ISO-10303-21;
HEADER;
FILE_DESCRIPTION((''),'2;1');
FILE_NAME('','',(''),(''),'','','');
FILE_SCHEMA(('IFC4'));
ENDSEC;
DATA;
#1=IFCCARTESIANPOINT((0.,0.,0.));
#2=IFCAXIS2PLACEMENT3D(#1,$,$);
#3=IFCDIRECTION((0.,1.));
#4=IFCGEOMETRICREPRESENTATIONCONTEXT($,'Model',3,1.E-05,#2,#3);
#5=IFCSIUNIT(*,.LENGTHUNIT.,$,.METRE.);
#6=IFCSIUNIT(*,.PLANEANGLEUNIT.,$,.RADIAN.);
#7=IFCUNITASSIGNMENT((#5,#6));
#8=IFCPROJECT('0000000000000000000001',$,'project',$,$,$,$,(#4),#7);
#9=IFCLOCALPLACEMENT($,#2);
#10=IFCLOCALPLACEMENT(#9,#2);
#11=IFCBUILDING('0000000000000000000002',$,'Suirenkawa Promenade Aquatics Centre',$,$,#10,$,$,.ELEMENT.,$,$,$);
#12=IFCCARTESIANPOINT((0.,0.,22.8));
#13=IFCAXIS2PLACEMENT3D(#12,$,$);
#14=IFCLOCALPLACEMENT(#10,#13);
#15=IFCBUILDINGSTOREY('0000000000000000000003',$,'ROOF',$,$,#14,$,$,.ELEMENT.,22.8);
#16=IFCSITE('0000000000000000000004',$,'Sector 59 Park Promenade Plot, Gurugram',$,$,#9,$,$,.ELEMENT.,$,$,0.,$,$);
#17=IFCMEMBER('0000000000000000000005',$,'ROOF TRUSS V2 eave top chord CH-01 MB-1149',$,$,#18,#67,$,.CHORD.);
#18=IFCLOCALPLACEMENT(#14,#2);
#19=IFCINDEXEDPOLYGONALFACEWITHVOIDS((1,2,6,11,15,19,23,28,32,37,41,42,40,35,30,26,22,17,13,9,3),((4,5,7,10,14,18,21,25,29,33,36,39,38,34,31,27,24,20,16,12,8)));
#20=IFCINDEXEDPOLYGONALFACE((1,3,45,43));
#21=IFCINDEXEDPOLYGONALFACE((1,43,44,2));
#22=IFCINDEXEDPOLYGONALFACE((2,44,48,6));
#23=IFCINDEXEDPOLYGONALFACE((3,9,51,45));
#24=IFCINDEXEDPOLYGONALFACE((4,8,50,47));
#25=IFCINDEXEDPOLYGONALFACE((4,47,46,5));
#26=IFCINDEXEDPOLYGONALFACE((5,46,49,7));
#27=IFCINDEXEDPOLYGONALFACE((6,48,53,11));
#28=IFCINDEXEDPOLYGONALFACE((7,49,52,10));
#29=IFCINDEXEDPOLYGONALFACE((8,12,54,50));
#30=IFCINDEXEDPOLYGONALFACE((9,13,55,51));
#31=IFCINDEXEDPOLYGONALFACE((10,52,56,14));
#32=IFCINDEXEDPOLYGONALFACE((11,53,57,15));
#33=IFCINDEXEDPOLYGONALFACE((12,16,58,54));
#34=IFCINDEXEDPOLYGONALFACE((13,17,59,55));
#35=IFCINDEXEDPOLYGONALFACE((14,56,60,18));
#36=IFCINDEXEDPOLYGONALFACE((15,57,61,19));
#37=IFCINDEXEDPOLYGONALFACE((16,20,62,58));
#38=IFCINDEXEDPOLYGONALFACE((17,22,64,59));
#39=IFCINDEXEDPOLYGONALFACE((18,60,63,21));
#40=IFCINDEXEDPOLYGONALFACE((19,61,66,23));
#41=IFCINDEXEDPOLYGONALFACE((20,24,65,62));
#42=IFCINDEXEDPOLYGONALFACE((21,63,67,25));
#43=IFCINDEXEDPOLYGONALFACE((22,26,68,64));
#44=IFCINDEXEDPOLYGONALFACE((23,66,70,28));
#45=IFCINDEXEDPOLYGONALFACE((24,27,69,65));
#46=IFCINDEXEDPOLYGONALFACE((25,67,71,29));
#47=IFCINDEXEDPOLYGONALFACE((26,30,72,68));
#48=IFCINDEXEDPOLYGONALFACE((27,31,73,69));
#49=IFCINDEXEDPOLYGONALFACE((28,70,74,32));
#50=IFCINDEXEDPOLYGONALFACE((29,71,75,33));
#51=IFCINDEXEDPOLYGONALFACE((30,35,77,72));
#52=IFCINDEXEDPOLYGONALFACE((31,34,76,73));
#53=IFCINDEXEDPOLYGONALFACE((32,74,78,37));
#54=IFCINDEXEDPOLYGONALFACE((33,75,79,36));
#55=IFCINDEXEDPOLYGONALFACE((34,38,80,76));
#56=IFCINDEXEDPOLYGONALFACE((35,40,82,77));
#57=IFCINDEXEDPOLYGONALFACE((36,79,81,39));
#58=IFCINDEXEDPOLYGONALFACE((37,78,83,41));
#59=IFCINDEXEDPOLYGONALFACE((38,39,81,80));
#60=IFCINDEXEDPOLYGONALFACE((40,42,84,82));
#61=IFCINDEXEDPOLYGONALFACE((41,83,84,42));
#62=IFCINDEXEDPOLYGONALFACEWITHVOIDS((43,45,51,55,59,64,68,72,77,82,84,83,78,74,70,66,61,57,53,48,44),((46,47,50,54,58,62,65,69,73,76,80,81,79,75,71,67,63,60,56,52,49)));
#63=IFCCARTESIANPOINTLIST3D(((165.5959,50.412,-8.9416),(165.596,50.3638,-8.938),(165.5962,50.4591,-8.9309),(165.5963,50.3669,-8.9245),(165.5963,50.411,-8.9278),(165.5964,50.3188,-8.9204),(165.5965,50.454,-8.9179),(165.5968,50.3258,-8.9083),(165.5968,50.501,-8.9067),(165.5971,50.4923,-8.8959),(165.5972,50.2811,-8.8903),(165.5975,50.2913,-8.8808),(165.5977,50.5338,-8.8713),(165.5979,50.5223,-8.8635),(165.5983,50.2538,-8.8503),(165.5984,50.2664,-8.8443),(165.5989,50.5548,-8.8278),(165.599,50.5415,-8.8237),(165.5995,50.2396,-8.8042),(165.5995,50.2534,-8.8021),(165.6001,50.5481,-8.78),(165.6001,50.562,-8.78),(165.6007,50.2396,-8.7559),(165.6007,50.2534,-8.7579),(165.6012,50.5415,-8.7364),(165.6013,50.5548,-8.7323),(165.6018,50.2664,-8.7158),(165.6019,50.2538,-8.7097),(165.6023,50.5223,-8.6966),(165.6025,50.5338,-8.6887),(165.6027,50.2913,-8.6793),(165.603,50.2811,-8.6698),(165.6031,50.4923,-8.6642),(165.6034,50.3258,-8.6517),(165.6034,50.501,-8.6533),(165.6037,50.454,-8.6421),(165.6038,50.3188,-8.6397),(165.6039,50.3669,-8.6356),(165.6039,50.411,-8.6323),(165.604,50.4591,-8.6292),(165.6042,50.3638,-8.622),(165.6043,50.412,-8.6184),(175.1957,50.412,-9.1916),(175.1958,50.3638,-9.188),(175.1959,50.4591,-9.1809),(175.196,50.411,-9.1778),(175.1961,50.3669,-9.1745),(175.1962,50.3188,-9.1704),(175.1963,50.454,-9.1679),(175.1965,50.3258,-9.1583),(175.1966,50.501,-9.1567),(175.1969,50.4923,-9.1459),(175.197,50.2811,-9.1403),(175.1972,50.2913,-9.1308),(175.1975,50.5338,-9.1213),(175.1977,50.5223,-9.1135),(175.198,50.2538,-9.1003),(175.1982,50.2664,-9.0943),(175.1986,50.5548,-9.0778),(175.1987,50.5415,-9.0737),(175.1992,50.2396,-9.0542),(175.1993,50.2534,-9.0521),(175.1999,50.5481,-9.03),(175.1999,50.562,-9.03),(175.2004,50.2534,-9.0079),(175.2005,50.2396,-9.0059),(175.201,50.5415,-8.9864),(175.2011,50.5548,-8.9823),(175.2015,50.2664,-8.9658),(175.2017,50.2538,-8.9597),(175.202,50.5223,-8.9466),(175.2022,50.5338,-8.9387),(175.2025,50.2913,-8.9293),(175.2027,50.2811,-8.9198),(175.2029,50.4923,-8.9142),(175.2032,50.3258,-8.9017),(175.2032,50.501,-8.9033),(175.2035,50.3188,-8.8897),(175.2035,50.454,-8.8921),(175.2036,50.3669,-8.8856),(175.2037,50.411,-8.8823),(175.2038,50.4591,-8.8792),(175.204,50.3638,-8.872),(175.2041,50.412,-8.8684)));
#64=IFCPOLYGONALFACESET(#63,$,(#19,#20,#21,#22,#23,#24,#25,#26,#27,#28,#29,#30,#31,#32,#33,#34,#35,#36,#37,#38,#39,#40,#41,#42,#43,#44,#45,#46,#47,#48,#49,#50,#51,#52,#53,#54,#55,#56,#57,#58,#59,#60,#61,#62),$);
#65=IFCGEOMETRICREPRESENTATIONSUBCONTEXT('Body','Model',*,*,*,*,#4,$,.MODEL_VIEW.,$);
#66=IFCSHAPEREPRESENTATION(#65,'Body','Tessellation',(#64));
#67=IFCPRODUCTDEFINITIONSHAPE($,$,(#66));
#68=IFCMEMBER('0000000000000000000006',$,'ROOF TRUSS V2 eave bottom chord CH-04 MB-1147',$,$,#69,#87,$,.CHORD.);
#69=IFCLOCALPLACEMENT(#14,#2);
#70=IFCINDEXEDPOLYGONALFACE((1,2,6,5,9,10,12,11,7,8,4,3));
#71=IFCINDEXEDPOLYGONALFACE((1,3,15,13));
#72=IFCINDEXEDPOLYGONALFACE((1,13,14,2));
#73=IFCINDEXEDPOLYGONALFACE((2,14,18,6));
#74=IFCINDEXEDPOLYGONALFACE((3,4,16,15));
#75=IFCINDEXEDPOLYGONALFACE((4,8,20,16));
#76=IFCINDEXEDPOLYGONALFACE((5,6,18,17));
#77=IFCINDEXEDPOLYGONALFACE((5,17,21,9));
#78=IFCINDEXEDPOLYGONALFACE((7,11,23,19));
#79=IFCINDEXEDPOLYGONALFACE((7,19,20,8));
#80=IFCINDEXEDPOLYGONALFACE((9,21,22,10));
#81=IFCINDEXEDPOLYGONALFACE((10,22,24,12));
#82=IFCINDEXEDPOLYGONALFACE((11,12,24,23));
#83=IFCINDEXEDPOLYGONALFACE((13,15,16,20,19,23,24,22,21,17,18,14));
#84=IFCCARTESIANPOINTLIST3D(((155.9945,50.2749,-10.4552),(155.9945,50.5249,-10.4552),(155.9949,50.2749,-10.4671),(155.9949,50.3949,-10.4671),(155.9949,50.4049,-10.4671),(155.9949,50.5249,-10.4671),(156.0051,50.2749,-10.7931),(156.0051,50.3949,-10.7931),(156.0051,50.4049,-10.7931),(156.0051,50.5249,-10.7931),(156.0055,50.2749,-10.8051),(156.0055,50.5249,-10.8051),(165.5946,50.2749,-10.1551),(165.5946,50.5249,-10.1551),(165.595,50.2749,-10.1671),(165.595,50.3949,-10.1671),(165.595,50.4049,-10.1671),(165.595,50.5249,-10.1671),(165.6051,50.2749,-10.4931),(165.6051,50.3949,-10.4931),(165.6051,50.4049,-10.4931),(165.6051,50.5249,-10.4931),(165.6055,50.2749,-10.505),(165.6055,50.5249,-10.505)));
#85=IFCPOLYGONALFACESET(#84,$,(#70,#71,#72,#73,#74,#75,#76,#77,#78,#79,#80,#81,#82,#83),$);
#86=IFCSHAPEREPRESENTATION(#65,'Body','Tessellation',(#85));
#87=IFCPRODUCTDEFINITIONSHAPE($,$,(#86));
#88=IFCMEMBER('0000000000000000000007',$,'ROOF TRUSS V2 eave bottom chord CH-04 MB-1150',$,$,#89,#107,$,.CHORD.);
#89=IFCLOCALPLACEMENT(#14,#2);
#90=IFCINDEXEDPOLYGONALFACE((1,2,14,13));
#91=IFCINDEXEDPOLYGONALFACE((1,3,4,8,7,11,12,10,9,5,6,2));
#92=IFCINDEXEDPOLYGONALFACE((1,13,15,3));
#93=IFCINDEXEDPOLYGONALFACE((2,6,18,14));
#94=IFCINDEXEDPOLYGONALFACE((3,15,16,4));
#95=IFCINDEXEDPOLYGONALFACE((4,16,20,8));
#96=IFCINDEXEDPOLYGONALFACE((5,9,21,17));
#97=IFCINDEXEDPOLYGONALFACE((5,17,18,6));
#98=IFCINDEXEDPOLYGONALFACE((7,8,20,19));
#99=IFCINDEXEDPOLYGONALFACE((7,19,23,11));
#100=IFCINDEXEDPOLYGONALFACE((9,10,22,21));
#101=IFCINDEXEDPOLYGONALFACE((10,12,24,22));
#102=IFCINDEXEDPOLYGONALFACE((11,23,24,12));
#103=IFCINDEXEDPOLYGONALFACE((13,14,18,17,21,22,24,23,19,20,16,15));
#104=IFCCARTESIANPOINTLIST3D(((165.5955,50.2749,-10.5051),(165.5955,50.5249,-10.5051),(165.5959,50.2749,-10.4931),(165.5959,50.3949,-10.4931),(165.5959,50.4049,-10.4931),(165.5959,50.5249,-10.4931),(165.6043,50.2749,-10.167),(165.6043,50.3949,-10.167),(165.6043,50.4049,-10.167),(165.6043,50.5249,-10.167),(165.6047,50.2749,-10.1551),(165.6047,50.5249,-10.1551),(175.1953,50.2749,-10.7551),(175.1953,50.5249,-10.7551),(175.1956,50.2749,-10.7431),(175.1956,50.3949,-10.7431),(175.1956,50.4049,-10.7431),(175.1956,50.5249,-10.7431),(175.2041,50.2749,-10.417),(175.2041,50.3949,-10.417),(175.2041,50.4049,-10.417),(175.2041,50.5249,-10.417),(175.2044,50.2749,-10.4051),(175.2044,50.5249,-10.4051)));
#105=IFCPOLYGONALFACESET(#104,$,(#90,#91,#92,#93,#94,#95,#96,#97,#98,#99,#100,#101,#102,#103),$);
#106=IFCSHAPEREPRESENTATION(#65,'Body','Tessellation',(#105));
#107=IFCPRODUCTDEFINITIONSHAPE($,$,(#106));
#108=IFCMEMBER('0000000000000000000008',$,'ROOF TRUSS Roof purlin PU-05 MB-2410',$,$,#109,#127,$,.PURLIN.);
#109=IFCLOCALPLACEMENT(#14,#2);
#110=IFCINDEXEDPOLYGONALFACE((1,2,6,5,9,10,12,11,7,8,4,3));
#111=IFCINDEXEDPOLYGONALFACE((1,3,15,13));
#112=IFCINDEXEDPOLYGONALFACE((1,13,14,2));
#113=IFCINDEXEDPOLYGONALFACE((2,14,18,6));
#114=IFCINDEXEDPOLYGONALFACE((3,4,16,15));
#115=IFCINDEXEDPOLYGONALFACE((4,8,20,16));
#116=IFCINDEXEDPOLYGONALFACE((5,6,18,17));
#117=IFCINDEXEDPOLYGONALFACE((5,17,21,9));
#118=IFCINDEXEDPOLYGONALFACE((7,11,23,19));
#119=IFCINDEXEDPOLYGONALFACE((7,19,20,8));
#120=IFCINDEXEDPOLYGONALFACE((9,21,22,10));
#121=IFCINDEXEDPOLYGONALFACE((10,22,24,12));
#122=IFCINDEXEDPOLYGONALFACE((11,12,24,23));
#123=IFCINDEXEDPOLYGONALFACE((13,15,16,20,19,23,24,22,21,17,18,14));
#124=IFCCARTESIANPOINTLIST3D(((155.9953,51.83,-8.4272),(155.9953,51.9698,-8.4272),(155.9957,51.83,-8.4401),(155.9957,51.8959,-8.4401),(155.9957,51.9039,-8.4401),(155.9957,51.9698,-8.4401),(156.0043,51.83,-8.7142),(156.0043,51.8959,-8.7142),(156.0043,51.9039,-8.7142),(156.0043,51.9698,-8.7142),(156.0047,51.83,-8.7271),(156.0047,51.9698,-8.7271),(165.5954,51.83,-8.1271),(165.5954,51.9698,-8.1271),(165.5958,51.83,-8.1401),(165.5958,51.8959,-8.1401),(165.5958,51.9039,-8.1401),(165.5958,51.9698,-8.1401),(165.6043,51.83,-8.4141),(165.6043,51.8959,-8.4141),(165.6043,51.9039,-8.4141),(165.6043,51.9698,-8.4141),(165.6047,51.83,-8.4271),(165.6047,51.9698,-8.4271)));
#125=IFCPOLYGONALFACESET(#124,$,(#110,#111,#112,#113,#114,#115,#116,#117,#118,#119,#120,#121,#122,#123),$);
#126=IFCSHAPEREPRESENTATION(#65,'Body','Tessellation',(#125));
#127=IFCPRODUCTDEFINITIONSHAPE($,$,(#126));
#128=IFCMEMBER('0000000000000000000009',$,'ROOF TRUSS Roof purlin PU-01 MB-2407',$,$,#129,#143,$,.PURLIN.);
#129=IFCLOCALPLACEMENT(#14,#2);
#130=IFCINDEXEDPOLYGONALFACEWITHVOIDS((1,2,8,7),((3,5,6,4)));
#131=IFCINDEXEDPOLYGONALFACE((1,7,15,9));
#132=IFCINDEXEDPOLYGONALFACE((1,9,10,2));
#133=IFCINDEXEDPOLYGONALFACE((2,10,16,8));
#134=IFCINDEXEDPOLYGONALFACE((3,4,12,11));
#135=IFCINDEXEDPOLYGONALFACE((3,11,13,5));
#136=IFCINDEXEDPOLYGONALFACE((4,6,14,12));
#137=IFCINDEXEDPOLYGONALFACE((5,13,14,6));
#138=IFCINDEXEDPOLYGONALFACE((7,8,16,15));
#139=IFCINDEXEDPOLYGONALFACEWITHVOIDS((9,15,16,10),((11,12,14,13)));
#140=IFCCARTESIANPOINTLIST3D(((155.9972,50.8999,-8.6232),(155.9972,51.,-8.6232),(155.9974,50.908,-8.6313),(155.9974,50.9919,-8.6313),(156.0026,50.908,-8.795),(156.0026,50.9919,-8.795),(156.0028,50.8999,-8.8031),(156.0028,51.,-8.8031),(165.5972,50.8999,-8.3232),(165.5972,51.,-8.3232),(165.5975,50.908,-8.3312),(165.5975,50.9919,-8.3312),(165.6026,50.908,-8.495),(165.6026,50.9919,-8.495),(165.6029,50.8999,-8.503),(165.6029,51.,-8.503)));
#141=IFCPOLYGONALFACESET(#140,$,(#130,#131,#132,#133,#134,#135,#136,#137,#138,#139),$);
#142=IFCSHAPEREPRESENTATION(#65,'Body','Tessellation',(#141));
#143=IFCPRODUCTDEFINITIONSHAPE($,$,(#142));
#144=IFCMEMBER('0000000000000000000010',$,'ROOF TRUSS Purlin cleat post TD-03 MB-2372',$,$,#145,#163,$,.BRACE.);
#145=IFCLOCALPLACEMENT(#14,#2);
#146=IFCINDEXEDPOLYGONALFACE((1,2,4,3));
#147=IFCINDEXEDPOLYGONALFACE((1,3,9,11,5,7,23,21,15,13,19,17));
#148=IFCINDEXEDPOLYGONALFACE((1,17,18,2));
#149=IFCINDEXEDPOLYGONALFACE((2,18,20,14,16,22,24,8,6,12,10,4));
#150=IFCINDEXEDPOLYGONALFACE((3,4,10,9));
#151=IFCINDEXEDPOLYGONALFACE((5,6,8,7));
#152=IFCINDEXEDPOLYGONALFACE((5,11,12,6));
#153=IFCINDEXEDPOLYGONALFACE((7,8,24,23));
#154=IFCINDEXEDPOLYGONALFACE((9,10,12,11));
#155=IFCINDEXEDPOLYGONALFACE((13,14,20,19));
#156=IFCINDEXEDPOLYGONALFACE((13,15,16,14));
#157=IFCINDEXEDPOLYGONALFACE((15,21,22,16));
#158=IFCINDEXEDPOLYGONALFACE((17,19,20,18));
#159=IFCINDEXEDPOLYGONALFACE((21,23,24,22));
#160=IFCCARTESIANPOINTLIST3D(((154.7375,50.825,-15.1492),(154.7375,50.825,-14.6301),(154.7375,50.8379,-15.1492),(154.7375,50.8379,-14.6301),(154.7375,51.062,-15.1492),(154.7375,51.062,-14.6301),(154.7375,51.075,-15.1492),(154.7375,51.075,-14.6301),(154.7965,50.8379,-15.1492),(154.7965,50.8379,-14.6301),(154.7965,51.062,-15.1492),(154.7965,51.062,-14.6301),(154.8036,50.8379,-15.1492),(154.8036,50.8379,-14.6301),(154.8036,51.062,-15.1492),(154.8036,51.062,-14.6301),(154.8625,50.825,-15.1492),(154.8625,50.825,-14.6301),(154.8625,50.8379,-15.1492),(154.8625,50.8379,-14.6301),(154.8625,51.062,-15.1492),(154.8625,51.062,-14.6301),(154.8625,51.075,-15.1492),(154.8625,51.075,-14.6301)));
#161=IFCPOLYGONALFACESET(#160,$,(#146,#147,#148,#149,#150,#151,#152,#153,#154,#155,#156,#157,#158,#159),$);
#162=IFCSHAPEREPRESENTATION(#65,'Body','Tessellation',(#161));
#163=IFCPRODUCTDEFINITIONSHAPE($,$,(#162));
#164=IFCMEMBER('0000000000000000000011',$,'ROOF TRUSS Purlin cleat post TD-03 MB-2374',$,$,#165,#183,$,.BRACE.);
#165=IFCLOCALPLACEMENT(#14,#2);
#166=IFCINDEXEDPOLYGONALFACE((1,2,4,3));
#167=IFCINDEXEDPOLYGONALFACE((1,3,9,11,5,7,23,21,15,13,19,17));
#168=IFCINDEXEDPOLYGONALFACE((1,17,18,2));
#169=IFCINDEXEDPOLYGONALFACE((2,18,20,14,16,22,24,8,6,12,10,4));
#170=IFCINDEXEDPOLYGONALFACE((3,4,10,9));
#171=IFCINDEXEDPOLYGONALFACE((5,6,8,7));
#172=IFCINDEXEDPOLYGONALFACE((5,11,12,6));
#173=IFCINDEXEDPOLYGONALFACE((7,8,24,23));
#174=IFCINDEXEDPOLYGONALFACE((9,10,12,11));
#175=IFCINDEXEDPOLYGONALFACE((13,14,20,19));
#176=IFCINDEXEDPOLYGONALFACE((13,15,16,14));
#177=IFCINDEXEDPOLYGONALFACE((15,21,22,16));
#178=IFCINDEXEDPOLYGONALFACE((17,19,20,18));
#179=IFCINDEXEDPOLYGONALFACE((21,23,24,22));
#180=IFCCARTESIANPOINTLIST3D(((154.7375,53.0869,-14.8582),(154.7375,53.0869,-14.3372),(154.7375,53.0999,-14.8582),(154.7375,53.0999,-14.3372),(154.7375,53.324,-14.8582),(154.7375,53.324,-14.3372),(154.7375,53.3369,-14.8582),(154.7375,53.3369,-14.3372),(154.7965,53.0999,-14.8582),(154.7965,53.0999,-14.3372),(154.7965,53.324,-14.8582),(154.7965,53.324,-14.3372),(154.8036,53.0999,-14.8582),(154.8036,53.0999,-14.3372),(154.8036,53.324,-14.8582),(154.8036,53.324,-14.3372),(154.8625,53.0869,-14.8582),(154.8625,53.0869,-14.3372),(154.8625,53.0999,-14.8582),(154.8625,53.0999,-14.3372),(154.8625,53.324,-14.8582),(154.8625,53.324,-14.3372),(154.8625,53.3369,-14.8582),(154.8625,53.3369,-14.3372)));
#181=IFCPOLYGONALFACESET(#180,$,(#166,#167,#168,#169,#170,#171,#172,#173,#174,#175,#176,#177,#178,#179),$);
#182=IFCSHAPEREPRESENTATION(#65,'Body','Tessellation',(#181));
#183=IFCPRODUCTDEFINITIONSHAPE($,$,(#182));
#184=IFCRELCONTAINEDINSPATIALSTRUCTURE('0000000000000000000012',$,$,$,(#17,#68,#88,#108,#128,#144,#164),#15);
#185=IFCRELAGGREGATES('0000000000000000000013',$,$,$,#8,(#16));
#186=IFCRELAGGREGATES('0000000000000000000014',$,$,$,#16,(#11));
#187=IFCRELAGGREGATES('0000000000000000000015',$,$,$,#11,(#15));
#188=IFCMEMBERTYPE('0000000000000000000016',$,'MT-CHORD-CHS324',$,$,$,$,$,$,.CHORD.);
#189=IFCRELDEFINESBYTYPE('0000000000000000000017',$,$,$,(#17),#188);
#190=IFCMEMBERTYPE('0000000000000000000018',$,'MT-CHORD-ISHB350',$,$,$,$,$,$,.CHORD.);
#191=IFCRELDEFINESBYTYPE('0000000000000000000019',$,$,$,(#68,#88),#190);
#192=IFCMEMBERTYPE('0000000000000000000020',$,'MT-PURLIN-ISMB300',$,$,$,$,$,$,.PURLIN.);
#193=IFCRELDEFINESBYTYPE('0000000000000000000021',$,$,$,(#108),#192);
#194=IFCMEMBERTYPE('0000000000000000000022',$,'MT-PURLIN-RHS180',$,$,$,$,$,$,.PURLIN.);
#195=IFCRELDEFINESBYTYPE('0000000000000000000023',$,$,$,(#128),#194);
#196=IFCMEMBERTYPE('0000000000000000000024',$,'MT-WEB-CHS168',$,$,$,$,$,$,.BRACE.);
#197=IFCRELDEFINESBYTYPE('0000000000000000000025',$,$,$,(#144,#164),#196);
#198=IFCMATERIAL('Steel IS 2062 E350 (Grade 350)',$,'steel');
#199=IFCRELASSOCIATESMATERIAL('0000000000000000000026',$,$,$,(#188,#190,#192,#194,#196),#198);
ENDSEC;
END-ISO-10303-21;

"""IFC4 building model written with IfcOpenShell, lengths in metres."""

from ifc_helpers import new_model, si_unit, direction, frame, origin, origin_2d, place, context, subcontext, project, spatial, hollow_rectangle, hollow_circle, i_section, extrude, material, material_profile, profile_set, type_object, element, save


model = new_model("IFC4")

# Units and contexts
model_context = context("Model", 3, precision=1e-05, world=origin(), true_north=direction((0.0, 1.0)))
body_context = subcontext(model_context, "Body", "Model", "MODEL_VIEW")
ifc_project = project(units=[si_unit("LENGTHUNIT", "METRE"), si_unit("PLANEANGLEUNIT", "RADIAN")], contexts=[model_context])

# Site, building, storey
site_placement = place(None, origin())
site = spatial("IfcSite", under=ifc_project, at=site_placement, Name="Sector 59 Park Promenade Plot, Gurugram", CompositionType="ELEMENT", RefElevation=0.0)
building_placement = place(site_placement, origin())
building = spatial("IfcBuilding", under=site, at=building_placement, Name="Suirenkawa Promenade Aquatics Centre", CompositionType="ELEMENT")
storey_placement = place(building_placement, frame((0.0, 0.0, 22.8)))
storey = spatial("IfcBuildingStorey", under=building, at=storey_placement, Name="ROOF", CompositionType="ELEMENT", Elevation=22.8)

# Shared definitions
ifc_material_1 = material(Name="Steel IS 2062 E350 (Grade 350)", Category="steel")

# Members
ifc_material_profile_1 = material_profile(ifc_material_1, hollow_circle(Radius=0.1621, WallThickness=0.0139, at=origin_2d()), Name="CHS 324x14", Category="steel")
ifc_profile_set_1 = profile_set([ifc_material_profile_1], Name="Steel IS 2062 E350 (Grade 350)")
member_type_1 = type_object("IfcMemberType", Name="MT-CHORD-CHS324", PredefinedType="CHORD", material=ifc_profile_set_1)
member_1_placement = place(storey_placement, frame((165.6001, 50.3999, -8.78), z_axis=(0.999661, 0.0, -0.026033), x_axis=(0.0, 1.0, 0.0)))
element("IfcMember", 1, at=member_1_placement, inside=storey, type_object=member_type_1, Name="ROOF TRUSS V2 eave top chord CH-01 MB-1149", PredefinedType="CHORD", context=body_context, shape_type="SweptSolid", body=[
    extrude(hollow_circle(Radius=0.1621, WallThickness=0.0139, at=origin_2d()), origin(), (0.0, 0.0, 1.0), 9.603),
])
ifc_material_profile_2 = material_profile(ifc_material_1, i_section(OverallWidth=0.25, OverallDepth=0.3501, WebThickness=0.01, FlangeThickness=0.012, at=origin_2d()), Name="ISHB 350", Category="steel")
ifc_profile_set_2 = profile_set([ifc_material_profile_2], Name="Steel IS 2062 E350 (Grade 350)")
member_type_2 = type_object("IfcMemberType", Name="MT-CHORD-ISHB350", PredefinedType="CHORD", material=ifc_profile_set_2)
member_2_placement = place(storey_placement, frame((156.0, 50.3999, -10.6301), z_axis=(0.999512, 0.0, 0.03124), x_axis=(0.0, 1.0, 0.0)))
element("IfcMember", 2, at=member_2_placement, inside=storey, type_object=member_type_2, Name="ROOF TRUSS V2 eave bottom chord CH-04 MB-1147", PredefinedType="CHORD", context=body_context, shape_type="SweptSolid", body=[
    extrude(i_section(OverallWidth=0.25, OverallDepth=0.3501, WebThickness=0.01, FlangeThickness=0.012, at=origin_2d()), origin(), (0.0, 0.0, 1.0), 9.6047),
])
member_3_placement = place(storey_placement, frame((165.6001, 50.3999, -10.3301), z_axis=(0.999661, 0.0, -0.026033), x_axis=(0.0, 1.0, 0.0)))
element("IfcMember", 3, at=member_3_placement, inside=storey, type_object=member_type_2, Name="ROOF TRUSS V2 eave bottom chord CH-04 MB-1150", PredefinedType="CHORD", context=body_context, shape_type="SweptSolid", body=[
    extrude(i_section(OverallWidth=0.25, OverallDepth=0.3501, WebThickness=0.01, FlangeThickness=0.012, at=origin_2d()), origin(), (0.0, 0.0, 1.0), 9.603),
])
ifc_material_profile_3 = material_profile(ifc_material_1, i_section(OverallWidth=0.1399, OverallDepth=0.3, WebThickness=0.0081, FlangeThickness=0.0129, at=origin_2d()), Name="ISMB 300", Category="steel")
ifc_profile_set_3 = profile_set([ifc_material_profile_3], Name="Steel IS 2062 E350 (Grade 350)")
member_type_3 = type_object("IfcMemberType", Name="MT-PURLIN-ISMB300", PredefinedType="PURLIN", material=ifc_profile_set_3)
member_4_placement = place(storey_placement, frame((156.0, 51.8999, -8.5771), z_axis=(0.999512, 0.0, 0.03124), x_axis=(0.0, 1.0, 0.0)))
element("IfcMember", 4, at=member_4_placement, inside=storey, type_object=member_type_3, Name="ROOF TRUSS Roof purlin PU-05 MB-2410", PredefinedType="PURLIN", context=body_context, shape_type="SweptSolid", body=[
    extrude(i_section(OverallWidth=0.1399, OverallDepth=0.3, WebThickness=0.0081, FlangeThickness=0.0129, at=origin_2d()), origin(), (0.0, 0.0, 1.0), 9.6047),
])
ifc_material_profile_4 = material_profile(ifc_material_1, hollow_rectangle(XDim=0.1001, YDim=0.1799, WallThickness=0.0081, at=origin_2d()), Name="RHS 180x100x8", Category="steel")
ifc_profile_set_4 = profile_set([ifc_material_profile_4], Name="Steel IS 2062 E350 (Grade 350)")
member_type_4 = type_object("IfcMemberType", Name="MT-PURLIN-RHS180", PredefinedType="PURLIN", material=ifc_profile_set_4)
member_5_placement = place(storey_placement, frame((156.0, 50.95, -8.7131), z_axis=(0.999512, 0.0, 0.03124), x_axis=(0.0, 1.0, 0.0)))
element("IfcMember", 5, at=member_5_placement, inside=storey, type_object=member_type_4, Name="ROOF TRUSS Roof purlin PU-01 MB-2407", PredefinedType="PURLIN", context=body_context, shape_type="SweptSolid", body=[
    extrude(hollow_rectangle(XDim=0.1001, YDim=0.1799, WallThickness=0.0081, at=origin_2d()), origin(), (0.0, 0.0, 1.0), 9.6047),
])
ifc_material_profile_5 = material_profile(ifc_material_1, i_section(OverallWidth=0.125, OverallDepth=0.25, WebThickness=0.0071, FlangeThickness=0.0129, at=origin_2d()), Name="ISMB 250", Category="steel")
ifc_profile_set_5 = profile_set([ifc_material_profile_5], Name="Steel IS 2062 E350 (Grade 350)")
member_type_5 = type_object("IfcMemberType", Name="MT-WEB-CHS168", PredefinedType="BRACE", material=ifc_profile_set_5)
member_6_placement = place(storey_placement, frame((154.8, 50.95, -15.1492), z_axis=(0.0, 0.0, 1.0), x_axis=(1.0, 0.0, 0.0)))
element("IfcMember", 6, at=member_6_placement, inside=storey, type_object=member_type_5, Name="ROOF TRUSS Purlin cleat post TD-03 MB-2372", PredefinedType="BRACE", context=body_context, shape_type="SweptSolid", body=[
    extrude(i_section(OverallWidth=0.125, OverallDepth=0.25, WebThickness=0.0071, FlangeThickness=0.0129, at=origin_2d()), origin(), (0.0, 0.0, 1.0), 0.519),
])
member_7_placement = place(storey_placement, frame((154.8, 53.2119, -14.8582), z_axis=(0.0, 0.0, 1.0), x_axis=(1.0, 0.0, 0.0)))
element("IfcMember", 7, at=member_7_placement, inside=storey, type_object=member_type_5, Name="ROOF TRUSS Purlin cleat post TD-03 MB-2374", PredefinedType="BRACE", context=body_context, shape_type="SweptSolid", body=[
    extrude(i_section(OverallWidth=0.125, OverallDepth=0.25, WebThickness=0.0071, FlangeThickness=0.0129, at=origin_2d()), origin(), (0.0, 0.0, 1.0), 0.521),
])

save(model, "model.ifc")
